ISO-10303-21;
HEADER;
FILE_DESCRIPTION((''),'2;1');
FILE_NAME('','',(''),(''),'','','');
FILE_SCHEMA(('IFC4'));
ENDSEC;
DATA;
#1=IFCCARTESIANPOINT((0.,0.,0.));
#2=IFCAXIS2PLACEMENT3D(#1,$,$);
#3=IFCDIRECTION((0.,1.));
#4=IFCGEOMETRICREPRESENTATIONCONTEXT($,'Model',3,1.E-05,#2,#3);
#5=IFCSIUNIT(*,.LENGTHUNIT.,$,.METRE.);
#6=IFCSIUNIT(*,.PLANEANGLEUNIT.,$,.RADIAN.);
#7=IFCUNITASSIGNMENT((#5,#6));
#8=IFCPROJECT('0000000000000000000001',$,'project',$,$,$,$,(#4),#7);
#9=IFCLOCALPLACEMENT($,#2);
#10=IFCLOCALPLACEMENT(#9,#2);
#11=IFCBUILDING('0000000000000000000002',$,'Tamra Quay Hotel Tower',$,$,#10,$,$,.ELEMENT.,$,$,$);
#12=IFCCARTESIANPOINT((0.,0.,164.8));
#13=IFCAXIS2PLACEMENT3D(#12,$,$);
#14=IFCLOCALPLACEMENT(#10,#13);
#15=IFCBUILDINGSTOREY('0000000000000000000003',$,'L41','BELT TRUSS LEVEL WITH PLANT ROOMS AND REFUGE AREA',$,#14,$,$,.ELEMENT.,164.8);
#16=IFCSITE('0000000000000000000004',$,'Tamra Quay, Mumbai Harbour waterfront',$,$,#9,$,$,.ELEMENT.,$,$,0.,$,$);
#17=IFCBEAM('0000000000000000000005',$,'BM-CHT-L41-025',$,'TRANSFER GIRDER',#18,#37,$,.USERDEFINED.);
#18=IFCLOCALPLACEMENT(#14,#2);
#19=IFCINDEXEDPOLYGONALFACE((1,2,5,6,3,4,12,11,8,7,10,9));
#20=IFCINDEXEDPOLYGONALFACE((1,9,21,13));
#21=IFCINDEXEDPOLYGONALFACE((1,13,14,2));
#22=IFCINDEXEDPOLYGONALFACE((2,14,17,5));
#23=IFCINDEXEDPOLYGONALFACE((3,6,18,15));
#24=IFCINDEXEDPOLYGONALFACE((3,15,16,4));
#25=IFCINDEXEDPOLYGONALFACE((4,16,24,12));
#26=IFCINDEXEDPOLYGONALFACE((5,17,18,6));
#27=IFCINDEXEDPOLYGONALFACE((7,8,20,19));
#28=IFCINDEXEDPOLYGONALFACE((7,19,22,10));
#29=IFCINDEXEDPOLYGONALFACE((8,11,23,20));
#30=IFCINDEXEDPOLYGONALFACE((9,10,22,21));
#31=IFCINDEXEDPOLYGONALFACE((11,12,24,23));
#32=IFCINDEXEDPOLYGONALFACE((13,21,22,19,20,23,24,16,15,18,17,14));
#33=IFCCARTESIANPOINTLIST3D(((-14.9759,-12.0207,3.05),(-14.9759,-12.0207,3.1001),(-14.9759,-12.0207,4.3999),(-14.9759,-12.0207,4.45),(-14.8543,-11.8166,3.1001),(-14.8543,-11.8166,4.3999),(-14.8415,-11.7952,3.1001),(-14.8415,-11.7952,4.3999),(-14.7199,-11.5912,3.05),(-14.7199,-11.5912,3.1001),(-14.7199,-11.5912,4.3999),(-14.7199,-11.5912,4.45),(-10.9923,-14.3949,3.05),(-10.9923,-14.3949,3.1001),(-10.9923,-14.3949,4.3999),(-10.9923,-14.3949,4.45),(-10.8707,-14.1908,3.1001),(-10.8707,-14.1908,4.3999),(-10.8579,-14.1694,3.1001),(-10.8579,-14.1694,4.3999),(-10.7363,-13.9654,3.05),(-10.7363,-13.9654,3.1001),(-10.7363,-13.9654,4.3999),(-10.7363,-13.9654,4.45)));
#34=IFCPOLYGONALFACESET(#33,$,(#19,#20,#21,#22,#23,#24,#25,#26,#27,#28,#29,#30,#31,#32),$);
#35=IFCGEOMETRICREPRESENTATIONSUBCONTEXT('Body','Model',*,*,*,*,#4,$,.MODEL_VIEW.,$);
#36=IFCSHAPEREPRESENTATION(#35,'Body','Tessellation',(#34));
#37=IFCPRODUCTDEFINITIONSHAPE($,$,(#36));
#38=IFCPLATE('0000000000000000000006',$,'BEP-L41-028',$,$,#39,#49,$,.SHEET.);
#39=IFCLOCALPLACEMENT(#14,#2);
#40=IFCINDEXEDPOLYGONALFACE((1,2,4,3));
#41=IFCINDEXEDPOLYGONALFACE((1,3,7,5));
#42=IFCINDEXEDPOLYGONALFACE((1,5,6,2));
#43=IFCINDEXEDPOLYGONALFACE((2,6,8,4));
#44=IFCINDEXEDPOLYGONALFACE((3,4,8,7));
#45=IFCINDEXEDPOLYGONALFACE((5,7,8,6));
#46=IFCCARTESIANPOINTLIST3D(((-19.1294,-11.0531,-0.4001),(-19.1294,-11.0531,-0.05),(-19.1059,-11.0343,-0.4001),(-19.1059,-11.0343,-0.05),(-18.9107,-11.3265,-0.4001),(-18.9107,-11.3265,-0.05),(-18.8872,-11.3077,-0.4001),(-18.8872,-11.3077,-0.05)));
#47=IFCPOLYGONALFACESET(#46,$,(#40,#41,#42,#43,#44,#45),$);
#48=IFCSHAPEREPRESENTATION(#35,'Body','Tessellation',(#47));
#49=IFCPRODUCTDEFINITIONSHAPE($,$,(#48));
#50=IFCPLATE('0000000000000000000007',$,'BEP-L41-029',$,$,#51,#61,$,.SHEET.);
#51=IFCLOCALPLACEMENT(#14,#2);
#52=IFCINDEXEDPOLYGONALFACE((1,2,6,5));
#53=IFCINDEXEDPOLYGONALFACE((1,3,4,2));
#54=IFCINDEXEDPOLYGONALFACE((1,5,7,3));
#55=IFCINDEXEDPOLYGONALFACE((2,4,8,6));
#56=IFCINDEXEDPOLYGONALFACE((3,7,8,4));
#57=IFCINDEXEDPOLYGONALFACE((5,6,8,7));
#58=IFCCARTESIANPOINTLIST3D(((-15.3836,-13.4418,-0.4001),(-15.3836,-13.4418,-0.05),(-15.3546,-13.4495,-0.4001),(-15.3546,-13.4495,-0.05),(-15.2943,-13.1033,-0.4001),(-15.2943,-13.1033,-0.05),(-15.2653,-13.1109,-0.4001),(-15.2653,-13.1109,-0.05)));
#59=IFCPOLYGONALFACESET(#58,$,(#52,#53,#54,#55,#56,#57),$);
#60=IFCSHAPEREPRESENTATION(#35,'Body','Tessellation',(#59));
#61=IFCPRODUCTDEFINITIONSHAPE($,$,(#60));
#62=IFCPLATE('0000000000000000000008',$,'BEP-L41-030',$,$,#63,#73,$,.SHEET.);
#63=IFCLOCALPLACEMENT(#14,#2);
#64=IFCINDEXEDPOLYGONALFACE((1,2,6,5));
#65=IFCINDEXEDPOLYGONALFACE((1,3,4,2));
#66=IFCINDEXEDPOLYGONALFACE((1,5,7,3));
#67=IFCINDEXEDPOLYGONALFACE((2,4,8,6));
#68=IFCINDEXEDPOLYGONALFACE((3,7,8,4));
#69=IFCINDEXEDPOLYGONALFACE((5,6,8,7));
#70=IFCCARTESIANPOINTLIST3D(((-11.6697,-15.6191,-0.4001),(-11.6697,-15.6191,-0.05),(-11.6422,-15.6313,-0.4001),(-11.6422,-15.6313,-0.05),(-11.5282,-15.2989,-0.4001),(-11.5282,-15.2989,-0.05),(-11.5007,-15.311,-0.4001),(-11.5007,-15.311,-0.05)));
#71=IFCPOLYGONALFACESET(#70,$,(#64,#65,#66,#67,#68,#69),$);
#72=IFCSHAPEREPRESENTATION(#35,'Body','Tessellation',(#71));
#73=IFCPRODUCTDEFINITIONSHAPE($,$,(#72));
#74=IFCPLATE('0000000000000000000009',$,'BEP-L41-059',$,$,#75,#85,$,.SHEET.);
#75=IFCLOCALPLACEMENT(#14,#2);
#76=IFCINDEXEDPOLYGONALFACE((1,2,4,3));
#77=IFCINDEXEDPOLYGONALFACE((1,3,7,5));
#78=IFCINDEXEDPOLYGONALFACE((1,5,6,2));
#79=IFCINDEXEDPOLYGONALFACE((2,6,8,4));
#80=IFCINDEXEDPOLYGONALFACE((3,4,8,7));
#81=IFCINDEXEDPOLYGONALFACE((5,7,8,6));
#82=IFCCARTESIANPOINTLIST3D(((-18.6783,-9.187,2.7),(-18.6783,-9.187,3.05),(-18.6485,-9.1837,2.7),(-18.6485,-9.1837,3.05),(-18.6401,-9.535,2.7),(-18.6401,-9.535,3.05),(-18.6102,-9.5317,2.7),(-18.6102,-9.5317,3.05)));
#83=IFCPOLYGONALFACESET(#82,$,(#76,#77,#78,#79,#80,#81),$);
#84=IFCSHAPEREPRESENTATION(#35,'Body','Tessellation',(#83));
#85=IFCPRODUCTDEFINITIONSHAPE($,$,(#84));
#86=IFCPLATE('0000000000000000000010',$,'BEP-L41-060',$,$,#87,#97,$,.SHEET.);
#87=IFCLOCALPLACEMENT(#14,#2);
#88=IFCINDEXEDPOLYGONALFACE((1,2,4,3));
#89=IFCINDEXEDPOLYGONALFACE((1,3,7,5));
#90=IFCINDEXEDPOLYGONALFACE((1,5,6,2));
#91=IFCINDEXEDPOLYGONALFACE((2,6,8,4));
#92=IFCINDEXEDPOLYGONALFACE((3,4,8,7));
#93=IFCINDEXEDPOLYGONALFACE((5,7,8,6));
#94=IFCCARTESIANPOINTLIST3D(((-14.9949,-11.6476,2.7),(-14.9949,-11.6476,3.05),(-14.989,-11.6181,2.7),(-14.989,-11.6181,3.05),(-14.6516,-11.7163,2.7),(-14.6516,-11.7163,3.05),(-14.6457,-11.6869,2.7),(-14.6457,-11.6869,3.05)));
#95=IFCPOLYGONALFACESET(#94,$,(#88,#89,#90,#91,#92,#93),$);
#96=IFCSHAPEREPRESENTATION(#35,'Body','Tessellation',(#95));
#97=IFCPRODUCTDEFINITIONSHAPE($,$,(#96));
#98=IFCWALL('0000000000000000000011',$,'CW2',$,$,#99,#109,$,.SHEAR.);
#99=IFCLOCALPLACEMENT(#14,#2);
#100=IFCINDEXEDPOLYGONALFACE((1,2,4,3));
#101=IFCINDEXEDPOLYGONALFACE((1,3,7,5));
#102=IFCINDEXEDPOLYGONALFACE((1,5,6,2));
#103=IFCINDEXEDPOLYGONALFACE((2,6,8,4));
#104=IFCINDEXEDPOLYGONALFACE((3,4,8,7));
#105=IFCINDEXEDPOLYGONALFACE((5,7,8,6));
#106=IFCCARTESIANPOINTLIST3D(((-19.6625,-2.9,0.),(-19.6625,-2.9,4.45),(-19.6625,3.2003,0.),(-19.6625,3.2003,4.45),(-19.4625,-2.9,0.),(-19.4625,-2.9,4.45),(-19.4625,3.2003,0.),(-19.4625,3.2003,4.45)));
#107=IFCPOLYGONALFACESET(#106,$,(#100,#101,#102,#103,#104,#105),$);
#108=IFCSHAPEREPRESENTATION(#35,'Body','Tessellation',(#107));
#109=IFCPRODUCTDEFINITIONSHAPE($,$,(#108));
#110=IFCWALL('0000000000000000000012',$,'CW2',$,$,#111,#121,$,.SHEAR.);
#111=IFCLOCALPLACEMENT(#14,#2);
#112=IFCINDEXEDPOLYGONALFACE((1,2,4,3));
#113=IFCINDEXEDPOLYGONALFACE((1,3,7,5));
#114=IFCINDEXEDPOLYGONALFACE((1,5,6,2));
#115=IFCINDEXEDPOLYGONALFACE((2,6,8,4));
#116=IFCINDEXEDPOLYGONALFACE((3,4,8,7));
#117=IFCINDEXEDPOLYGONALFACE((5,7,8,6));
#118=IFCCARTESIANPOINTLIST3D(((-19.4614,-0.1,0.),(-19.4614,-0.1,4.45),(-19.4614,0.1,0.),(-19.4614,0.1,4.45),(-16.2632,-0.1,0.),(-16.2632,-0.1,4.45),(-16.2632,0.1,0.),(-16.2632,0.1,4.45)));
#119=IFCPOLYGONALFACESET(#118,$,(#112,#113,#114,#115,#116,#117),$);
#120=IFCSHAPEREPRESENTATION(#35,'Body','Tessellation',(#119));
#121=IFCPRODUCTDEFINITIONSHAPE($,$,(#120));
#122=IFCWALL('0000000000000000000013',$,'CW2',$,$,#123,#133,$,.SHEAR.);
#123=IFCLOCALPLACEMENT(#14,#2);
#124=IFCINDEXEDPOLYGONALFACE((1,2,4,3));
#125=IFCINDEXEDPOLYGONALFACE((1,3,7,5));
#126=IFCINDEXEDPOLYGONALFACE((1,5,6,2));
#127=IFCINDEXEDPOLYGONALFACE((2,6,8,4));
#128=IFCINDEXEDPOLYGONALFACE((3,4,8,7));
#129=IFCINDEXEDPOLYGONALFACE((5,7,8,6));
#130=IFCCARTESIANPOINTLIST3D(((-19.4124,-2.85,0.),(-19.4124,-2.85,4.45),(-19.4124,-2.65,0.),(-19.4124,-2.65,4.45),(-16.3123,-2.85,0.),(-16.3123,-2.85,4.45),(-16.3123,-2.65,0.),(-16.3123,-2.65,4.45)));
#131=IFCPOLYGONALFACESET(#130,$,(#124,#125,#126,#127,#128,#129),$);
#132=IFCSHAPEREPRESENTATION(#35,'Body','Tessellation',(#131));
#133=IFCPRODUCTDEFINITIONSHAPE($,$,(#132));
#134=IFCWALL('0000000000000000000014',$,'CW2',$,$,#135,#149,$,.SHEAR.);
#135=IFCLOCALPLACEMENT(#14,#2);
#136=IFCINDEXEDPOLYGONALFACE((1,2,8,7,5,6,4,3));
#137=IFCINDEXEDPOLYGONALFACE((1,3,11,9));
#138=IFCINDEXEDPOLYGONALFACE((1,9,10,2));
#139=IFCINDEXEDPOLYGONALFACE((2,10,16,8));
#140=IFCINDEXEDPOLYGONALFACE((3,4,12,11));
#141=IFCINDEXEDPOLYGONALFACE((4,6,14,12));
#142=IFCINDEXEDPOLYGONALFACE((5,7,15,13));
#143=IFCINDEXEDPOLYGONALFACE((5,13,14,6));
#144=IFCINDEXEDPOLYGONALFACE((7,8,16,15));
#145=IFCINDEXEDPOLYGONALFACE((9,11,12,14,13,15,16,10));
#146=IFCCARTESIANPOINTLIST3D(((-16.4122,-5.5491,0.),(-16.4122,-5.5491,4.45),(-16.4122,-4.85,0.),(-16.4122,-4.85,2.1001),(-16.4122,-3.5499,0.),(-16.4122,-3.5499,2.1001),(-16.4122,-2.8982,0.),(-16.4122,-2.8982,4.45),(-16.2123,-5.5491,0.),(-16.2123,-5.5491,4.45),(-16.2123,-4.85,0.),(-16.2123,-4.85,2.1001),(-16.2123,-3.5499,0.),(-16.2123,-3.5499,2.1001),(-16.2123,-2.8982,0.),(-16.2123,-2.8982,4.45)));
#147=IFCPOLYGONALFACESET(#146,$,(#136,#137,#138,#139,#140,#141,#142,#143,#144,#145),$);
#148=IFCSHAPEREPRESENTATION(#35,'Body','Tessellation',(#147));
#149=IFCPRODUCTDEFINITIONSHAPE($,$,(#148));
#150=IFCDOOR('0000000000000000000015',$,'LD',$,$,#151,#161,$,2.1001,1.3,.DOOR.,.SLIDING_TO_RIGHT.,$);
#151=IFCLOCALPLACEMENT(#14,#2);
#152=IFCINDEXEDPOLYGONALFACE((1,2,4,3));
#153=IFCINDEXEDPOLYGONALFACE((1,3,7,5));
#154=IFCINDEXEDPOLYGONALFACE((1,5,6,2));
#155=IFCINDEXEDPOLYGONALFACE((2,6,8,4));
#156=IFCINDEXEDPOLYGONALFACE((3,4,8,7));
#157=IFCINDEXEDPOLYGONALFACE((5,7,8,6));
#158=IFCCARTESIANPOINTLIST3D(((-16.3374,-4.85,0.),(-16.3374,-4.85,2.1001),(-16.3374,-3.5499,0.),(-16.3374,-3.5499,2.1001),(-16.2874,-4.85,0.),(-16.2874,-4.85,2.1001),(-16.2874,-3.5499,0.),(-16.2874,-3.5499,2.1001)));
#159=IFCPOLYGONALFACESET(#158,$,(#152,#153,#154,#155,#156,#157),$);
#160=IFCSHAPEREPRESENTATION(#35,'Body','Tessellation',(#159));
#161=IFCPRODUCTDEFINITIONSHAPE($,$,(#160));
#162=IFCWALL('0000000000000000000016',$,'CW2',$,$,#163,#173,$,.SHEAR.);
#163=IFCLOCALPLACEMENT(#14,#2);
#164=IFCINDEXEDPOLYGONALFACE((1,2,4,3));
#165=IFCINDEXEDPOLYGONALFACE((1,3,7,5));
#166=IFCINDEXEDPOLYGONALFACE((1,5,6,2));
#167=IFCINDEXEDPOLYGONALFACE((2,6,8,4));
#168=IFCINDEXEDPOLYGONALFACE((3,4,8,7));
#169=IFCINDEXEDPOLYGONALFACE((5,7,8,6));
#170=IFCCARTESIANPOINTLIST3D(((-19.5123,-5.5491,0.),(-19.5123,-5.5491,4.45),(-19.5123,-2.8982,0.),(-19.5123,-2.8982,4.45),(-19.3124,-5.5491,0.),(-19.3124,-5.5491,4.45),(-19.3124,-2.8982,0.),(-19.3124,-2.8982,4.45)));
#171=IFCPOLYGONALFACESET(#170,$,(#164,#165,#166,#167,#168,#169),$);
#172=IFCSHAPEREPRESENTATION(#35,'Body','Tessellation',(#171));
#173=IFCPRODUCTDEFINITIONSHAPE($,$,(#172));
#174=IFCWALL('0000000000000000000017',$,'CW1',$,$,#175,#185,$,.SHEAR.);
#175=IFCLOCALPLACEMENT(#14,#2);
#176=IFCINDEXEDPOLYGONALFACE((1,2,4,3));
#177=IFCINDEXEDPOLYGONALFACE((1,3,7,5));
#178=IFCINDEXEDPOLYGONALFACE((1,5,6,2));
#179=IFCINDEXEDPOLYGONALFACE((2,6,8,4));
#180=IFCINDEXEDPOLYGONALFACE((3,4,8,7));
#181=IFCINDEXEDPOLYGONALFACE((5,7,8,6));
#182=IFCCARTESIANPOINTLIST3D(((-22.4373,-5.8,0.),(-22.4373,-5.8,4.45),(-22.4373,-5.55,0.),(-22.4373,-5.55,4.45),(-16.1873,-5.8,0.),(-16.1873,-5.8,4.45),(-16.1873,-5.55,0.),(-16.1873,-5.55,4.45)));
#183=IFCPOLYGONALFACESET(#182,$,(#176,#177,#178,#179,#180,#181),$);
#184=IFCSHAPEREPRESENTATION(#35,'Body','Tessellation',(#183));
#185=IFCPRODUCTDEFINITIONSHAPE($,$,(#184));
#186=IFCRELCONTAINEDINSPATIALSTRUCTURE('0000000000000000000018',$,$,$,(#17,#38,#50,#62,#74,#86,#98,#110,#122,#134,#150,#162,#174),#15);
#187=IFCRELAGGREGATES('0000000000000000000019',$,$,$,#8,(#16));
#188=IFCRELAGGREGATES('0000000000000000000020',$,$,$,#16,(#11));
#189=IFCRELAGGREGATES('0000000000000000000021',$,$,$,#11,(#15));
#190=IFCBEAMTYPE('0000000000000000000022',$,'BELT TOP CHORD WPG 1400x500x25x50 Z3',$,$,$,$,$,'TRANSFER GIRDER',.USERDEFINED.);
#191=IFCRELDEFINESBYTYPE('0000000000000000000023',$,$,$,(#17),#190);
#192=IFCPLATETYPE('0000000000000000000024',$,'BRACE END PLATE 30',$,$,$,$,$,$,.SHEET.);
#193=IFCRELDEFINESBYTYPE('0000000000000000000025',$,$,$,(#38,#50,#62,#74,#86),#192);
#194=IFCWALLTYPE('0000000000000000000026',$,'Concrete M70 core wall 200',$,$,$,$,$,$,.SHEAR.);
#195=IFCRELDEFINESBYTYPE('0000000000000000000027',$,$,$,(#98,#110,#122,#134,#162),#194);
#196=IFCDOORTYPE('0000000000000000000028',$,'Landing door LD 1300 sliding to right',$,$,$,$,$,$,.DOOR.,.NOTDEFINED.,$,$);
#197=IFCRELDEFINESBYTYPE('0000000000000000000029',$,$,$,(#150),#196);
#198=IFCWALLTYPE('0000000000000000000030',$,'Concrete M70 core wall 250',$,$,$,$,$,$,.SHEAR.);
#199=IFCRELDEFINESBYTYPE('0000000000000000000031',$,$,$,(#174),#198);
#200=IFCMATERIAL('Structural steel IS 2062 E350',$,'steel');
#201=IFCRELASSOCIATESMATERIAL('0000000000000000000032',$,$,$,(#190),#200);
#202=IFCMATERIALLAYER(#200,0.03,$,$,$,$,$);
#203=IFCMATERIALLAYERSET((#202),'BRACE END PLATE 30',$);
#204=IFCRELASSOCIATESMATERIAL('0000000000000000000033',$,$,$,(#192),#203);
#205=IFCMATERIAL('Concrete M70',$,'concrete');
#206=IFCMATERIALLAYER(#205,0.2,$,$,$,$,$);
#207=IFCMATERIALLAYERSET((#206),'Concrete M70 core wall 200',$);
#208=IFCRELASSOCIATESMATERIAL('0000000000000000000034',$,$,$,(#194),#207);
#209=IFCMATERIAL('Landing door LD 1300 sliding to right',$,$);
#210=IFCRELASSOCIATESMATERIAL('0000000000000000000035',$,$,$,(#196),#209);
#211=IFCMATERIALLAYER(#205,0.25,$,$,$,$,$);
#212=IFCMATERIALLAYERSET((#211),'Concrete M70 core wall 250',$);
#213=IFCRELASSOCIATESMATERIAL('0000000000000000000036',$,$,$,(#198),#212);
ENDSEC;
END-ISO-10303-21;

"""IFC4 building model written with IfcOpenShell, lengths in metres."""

from ifc_helpers import new_model, si_unit, direction, frame, frame_2d, origin, origin_2d, place, context, subcontext, project, spatial, rectangle, i_section, extrude, material, layer, layer_set, material_profile, profile_set, type_object, element, fill, save


model = new_model("IFC4")

# Units and contexts
model_context = context("Model", 3, precision=1e-05, world=origin(), true_north=direction((0.0, 1.0)))
body_context = subcontext(model_context, "Body", "Model", "MODEL_VIEW")
ifc_project = project(units=[si_unit("LENGTHUNIT", "METRE"), si_unit("PLANEANGLEUNIT", "RADIAN")], contexts=[model_context])

# Site, building, storey
site_placement = place(None, origin())
site = spatial("IfcSite", under=ifc_project, at=site_placement, Name="Tamra Quay, Mumbai Harbour waterfront", CompositionType="ELEMENT", RefElevation=0.0)
building_placement = place(site_placement, origin())
building = spatial("IfcBuilding", under=site, at=building_placement, Name="Tamra Quay Hotel Tower", CompositionType="ELEMENT")
storey_placement = place(building_placement, frame((0.0, 0.0, 164.8)))
storey = spatial("IfcBuildingStorey", under=building, at=storey_placement, Name="L41", Description="BELT TRUSS LEVEL WITH PLANT ROOMS AND REFUGE AREA", CompositionType="ELEMENT", Elevation=164.8)

# Shared definitions
ifc_material_1 = material(Name="Structural steel IS 2062 E350", Category="steel")

# Beam
ifc_material_profile_1 = material_profile(ifc_material_1, i_section(OverallWidth=0.5, OverallDepth=1.3999, WebThickness=0.0249, FlangeThickness=0.05, at=origin_2d()), Name="WPG 1400x500x25x50")
ifc_profile_set_1 = profile_set([ifc_material_profile_1], Name="Structural steel IS 2062 E350")
beam_type_1 = type_object("IfcBeamType", Name="BELT TOP CHORD WPG 1400x500x25x50 Z3", ElementType="TRANSFER GIRDER", PredefinedType="USERDEFINED", material=ifc_profile_set_1)
beam_1_placement = place(storey_placement, frame((-14.8479, -11.8059, 3.75), z_axis=(0.859004, -0.51197, 0.0), x_axis=(0.51197, 0.859004, 0.0)))
element("IfcBeam", 1, at=beam_1_placement, inside=storey, type_object=beam_type_1, Name="BM-CHT-L41-025", ObjectType="TRANSFER GIRDER", PredefinedType="USERDEFINED", context=body_context, shape_type="SweptSolid", body=[
    extrude(i_section(OverallWidth=0.5, OverallDepth=1.3999, WebThickness=0.0249, FlangeThickness=0.05, at=origin_2d()), origin(), (0.0, 0.0, 1.0), 4.6375),
])

# Plates
ifc_layer_1 = layer(ifc_material_1, 0.03)
ifc_layer_set_1 = layer_set([ifc_layer_1], Name="BRACE END PLATE 30")
plate_type = type_object("IfcPlateType", Name="BRACE END PLATE 30", PredefinedType="SHEET", material=ifc_layer_set_1)
for number, where, z_axis, x_axis, name in (
    (2, (-19.0083, -11.1804, -0.4001), (0.0, 0.0, 1.0), (0.78091, 0.624643, 0.0), "BEP-L41-028"),
    (3, (-15.3245, -13.2764, -0.4001), (0.0, 0.0, 1.0), (-0.966942, 0.254997, 0.0), "BEP-L41-029"),
    (4, (-11.5852, -15.4651, -0.4001), (0.0, 0.0, 1.0), (-0.914723, 0.404082, 0.0), "BEP-L41-030"),
    (5, (-18.6443, -9.3594, 2.7), (0.0, 0.0, 1.0), (0.994015, 0.109242, 0.0), "BEP-L41-059"),
    (6, (-14.8203, -11.6672, 2.7), (0.0, 0.0, 1.0), (0.196336, 0.980537, 0.0), "BEP-L41-060"),
):
    element("IfcPlate", number, at=place(storey_placement, frame(where, z_axis=z_axis, x_axis=x_axis)), inside=storey, type_object=plate_type, Name=name, PredefinedType="SHEET", context=body_context, shape_type="SweptSolid", body=[
        extrude(rectangle(XDim=0.03, YDim=0.3501, at=origin_2d()), origin(), (0.0, 0.0, 1.0), 0.3501),
    ])

# Walls
ifc_material_2 = material(Name="Concrete M70", Category="concrete")
ifc_layer_2 = layer(ifc_material_2, 0.2)
ifc_layer_set_2 = layer_set([ifc_layer_2], Name="Concrete M70 core wall 200")
wall_type_1 = type_object("IfcWallType", Name="Concrete M70 core wall 200", PredefinedType="SHEAR", material=ifc_layer_set_2)
wall_1_placement = place(storey_placement, frame((-19.5625, -2.9001, 0.0), z_axis=(0.0, 0.0, 1.0), x_axis=(0.0, 1.0, 0.0)))
element("IfcWall", 7, at=wall_1_placement, inside=storey, type_object=wall_type_1, Name="CW2", PredefinedType="SHEAR", context=body_context, shape_type="SweptSolid", body=[
    extrude(rectangle(XDim=6.1003, YDim=0.2, at=frame_2d((3.0503, 0.0))), origin(), (0.0, 0.0, 1.0), 4.45),
])
wall_2_placement = place(storey_placement, frame((-16.2632, 0.0, 0.0), z_axis=(0.0, 0.0, 1.0), x_axis=(-1.0, 0.0, 0.0)))
element("IfcWall", 8, at=wall_2_placement, inside=storey, type_object=wall_type_1, Name="CW2", PredefinedType="SHEAR", context=body_context, shape_type="SweptSolid", body=[
    extrude(rectangle(XDim=3.1982, YDim=0.2, at=frame_2d((1.5991, 0.0))), origin(), (0.0, 0.0, 1.0), 4.45),
])
wall_3_placement = place(storey_placement, frame((-19.4124, -2.75, 0.0), z_axis=(0.0, 0.0, 1.0), x_axis=(1.0, 0.0, 0.0)))
element("IfcWall", 9, at=wall_3_placement, inside=storey, type_object=wall_type_1, Name="CW2", PredefinedType="SHEAR", context=body_context, shape_type="SweptSolid", body=[
    extrude(rectangle(XDim=3.1001, YDim=0.2, at=frame_2d((1.55, 0.0))), origin(), (0.0, 0.0, 1.0), 4.45),
])

# Wall, opening, door
wall_4_placement = place(storey_placement, frame((-16.3123, -2.8982, 0.0), z_axis=(0.0, 0.0, 1.0), x_axis=(0.0, -1.0, 0.0)))
wall_4 = element("IfcWall", 10, at=wall_4_placement, inside=storey, type_object=wall_type_1, Name="CW2", PredefinedType="SHEAR", context=body_context, shape_type="SweptSolid", body=[
    extrude(rectangle(XDim=2.6509, YDim=0.2, at=frame_2d((1.3254, 0.0))), origin(), (0.0, 0.0, 1.0), 4.45),
])
opening_placement = place(wall_4_placement, frame((0.6519, 0.0, 0.0)))
opening = element("IfcOpeningElement", 11, at=opening_placement, cuts=wall_4, PredefinedType="OPENING", context=body_context, shape_type="SweptSolid", body=[
    extrude(rectangle(XDim=1.3, YDim=2.1001, at=frame_2d((0.6499, 1.05))), frame((0.0, 0.1099, 0.0), z_axis=(0.0, -1.0, 0.0), x_axis=(1.0, 0.0, 0.0)), (0.0, 0.0, 1.0), 0.22),
])
ifc_material_3 = material(Name="Landing door LD 1300 sliding to right")
door_type = type_object("IfcDoorType", Name="Landing door LD 1300 sliding to right", OperationType="NOTDEFINED", PredefinedType="DOOR", material=ifc_material_3)
door_placement = place(opening_placement, origin())
door = element("IfcDoor", 12, at=door_placement, inside=storey, type_object=door_type, Name="LD", OperationType="SLIDING_TO_RIGHT", OverallHeight=2.1001, OverallWidth=1.3, PredefinedType="DOOR", context=body_context, shape_type="SweptSolid", body=[
    extrude(rectangle(XDim=1.3, YDim=2.1001, at=frame_2d((0.6499, 1.05))), frame((0.0, 0.0249, 0.0), z_axis=(0.0, -1.0, 0.0), x_axis=(1.0, 0.0, 0.0)), (0.0, 0.0, 1.0), 0.05),
])
fill(opening, door)

# Walls
wall_5_placement = place(storey_placement, frame((-19.4124, -5.5491, 0.0), z_axis=(0.0, 0.0, 1.0), x_axis=(0.0, 1.0, 0.0)))
element("IfcWall", 13, at=wall_5_placement, inside=storey, type_object=wall_type_1, Name="CW2", PredefinedType="SHEAR", context=body_context, shape_type="SweptSolid", body=[
    extrude(rectangle(XDim=2.6509, YDim=0.2, at=frame_2d((1.3254, 0.0))), origin(), (0.0, 0.0, 1.0), 4.45),
])
ifc_layer_3 = layer(ifc_material_2, 0.25)
ifc_layer_set_3 = layer_set([ifc_layer_3], Name="Concrete M70 core wall 250")
wall_type_2 = type_object("IfcWallType", Name="Concrete M70 core wall 250", PredefinedType="SHEAR", material=ifc_layer_set_3)
wall_6_placement = place(storey_placement, frame((-16.1873, -5.675, 0.0), z_axis=(0.0, 0.0, 1.0), x_axis=(-1.0, 0.0, 0.0)))
element("IfcWall", 14, at=wall_6_placement, inside=storey, type_object=wall_type_2, Name="CW1", PredefinedType="SHEAR", context=body_context, shape_type="SweptSolid", body=[
    extrude(rectangle(XDim=6.25, YDim=0.25, at=frame_2d((3.125, 0.0))), origin(), (0.0, 0.0, 1.0), 4.45),
])

save(model, "model.ifc")
